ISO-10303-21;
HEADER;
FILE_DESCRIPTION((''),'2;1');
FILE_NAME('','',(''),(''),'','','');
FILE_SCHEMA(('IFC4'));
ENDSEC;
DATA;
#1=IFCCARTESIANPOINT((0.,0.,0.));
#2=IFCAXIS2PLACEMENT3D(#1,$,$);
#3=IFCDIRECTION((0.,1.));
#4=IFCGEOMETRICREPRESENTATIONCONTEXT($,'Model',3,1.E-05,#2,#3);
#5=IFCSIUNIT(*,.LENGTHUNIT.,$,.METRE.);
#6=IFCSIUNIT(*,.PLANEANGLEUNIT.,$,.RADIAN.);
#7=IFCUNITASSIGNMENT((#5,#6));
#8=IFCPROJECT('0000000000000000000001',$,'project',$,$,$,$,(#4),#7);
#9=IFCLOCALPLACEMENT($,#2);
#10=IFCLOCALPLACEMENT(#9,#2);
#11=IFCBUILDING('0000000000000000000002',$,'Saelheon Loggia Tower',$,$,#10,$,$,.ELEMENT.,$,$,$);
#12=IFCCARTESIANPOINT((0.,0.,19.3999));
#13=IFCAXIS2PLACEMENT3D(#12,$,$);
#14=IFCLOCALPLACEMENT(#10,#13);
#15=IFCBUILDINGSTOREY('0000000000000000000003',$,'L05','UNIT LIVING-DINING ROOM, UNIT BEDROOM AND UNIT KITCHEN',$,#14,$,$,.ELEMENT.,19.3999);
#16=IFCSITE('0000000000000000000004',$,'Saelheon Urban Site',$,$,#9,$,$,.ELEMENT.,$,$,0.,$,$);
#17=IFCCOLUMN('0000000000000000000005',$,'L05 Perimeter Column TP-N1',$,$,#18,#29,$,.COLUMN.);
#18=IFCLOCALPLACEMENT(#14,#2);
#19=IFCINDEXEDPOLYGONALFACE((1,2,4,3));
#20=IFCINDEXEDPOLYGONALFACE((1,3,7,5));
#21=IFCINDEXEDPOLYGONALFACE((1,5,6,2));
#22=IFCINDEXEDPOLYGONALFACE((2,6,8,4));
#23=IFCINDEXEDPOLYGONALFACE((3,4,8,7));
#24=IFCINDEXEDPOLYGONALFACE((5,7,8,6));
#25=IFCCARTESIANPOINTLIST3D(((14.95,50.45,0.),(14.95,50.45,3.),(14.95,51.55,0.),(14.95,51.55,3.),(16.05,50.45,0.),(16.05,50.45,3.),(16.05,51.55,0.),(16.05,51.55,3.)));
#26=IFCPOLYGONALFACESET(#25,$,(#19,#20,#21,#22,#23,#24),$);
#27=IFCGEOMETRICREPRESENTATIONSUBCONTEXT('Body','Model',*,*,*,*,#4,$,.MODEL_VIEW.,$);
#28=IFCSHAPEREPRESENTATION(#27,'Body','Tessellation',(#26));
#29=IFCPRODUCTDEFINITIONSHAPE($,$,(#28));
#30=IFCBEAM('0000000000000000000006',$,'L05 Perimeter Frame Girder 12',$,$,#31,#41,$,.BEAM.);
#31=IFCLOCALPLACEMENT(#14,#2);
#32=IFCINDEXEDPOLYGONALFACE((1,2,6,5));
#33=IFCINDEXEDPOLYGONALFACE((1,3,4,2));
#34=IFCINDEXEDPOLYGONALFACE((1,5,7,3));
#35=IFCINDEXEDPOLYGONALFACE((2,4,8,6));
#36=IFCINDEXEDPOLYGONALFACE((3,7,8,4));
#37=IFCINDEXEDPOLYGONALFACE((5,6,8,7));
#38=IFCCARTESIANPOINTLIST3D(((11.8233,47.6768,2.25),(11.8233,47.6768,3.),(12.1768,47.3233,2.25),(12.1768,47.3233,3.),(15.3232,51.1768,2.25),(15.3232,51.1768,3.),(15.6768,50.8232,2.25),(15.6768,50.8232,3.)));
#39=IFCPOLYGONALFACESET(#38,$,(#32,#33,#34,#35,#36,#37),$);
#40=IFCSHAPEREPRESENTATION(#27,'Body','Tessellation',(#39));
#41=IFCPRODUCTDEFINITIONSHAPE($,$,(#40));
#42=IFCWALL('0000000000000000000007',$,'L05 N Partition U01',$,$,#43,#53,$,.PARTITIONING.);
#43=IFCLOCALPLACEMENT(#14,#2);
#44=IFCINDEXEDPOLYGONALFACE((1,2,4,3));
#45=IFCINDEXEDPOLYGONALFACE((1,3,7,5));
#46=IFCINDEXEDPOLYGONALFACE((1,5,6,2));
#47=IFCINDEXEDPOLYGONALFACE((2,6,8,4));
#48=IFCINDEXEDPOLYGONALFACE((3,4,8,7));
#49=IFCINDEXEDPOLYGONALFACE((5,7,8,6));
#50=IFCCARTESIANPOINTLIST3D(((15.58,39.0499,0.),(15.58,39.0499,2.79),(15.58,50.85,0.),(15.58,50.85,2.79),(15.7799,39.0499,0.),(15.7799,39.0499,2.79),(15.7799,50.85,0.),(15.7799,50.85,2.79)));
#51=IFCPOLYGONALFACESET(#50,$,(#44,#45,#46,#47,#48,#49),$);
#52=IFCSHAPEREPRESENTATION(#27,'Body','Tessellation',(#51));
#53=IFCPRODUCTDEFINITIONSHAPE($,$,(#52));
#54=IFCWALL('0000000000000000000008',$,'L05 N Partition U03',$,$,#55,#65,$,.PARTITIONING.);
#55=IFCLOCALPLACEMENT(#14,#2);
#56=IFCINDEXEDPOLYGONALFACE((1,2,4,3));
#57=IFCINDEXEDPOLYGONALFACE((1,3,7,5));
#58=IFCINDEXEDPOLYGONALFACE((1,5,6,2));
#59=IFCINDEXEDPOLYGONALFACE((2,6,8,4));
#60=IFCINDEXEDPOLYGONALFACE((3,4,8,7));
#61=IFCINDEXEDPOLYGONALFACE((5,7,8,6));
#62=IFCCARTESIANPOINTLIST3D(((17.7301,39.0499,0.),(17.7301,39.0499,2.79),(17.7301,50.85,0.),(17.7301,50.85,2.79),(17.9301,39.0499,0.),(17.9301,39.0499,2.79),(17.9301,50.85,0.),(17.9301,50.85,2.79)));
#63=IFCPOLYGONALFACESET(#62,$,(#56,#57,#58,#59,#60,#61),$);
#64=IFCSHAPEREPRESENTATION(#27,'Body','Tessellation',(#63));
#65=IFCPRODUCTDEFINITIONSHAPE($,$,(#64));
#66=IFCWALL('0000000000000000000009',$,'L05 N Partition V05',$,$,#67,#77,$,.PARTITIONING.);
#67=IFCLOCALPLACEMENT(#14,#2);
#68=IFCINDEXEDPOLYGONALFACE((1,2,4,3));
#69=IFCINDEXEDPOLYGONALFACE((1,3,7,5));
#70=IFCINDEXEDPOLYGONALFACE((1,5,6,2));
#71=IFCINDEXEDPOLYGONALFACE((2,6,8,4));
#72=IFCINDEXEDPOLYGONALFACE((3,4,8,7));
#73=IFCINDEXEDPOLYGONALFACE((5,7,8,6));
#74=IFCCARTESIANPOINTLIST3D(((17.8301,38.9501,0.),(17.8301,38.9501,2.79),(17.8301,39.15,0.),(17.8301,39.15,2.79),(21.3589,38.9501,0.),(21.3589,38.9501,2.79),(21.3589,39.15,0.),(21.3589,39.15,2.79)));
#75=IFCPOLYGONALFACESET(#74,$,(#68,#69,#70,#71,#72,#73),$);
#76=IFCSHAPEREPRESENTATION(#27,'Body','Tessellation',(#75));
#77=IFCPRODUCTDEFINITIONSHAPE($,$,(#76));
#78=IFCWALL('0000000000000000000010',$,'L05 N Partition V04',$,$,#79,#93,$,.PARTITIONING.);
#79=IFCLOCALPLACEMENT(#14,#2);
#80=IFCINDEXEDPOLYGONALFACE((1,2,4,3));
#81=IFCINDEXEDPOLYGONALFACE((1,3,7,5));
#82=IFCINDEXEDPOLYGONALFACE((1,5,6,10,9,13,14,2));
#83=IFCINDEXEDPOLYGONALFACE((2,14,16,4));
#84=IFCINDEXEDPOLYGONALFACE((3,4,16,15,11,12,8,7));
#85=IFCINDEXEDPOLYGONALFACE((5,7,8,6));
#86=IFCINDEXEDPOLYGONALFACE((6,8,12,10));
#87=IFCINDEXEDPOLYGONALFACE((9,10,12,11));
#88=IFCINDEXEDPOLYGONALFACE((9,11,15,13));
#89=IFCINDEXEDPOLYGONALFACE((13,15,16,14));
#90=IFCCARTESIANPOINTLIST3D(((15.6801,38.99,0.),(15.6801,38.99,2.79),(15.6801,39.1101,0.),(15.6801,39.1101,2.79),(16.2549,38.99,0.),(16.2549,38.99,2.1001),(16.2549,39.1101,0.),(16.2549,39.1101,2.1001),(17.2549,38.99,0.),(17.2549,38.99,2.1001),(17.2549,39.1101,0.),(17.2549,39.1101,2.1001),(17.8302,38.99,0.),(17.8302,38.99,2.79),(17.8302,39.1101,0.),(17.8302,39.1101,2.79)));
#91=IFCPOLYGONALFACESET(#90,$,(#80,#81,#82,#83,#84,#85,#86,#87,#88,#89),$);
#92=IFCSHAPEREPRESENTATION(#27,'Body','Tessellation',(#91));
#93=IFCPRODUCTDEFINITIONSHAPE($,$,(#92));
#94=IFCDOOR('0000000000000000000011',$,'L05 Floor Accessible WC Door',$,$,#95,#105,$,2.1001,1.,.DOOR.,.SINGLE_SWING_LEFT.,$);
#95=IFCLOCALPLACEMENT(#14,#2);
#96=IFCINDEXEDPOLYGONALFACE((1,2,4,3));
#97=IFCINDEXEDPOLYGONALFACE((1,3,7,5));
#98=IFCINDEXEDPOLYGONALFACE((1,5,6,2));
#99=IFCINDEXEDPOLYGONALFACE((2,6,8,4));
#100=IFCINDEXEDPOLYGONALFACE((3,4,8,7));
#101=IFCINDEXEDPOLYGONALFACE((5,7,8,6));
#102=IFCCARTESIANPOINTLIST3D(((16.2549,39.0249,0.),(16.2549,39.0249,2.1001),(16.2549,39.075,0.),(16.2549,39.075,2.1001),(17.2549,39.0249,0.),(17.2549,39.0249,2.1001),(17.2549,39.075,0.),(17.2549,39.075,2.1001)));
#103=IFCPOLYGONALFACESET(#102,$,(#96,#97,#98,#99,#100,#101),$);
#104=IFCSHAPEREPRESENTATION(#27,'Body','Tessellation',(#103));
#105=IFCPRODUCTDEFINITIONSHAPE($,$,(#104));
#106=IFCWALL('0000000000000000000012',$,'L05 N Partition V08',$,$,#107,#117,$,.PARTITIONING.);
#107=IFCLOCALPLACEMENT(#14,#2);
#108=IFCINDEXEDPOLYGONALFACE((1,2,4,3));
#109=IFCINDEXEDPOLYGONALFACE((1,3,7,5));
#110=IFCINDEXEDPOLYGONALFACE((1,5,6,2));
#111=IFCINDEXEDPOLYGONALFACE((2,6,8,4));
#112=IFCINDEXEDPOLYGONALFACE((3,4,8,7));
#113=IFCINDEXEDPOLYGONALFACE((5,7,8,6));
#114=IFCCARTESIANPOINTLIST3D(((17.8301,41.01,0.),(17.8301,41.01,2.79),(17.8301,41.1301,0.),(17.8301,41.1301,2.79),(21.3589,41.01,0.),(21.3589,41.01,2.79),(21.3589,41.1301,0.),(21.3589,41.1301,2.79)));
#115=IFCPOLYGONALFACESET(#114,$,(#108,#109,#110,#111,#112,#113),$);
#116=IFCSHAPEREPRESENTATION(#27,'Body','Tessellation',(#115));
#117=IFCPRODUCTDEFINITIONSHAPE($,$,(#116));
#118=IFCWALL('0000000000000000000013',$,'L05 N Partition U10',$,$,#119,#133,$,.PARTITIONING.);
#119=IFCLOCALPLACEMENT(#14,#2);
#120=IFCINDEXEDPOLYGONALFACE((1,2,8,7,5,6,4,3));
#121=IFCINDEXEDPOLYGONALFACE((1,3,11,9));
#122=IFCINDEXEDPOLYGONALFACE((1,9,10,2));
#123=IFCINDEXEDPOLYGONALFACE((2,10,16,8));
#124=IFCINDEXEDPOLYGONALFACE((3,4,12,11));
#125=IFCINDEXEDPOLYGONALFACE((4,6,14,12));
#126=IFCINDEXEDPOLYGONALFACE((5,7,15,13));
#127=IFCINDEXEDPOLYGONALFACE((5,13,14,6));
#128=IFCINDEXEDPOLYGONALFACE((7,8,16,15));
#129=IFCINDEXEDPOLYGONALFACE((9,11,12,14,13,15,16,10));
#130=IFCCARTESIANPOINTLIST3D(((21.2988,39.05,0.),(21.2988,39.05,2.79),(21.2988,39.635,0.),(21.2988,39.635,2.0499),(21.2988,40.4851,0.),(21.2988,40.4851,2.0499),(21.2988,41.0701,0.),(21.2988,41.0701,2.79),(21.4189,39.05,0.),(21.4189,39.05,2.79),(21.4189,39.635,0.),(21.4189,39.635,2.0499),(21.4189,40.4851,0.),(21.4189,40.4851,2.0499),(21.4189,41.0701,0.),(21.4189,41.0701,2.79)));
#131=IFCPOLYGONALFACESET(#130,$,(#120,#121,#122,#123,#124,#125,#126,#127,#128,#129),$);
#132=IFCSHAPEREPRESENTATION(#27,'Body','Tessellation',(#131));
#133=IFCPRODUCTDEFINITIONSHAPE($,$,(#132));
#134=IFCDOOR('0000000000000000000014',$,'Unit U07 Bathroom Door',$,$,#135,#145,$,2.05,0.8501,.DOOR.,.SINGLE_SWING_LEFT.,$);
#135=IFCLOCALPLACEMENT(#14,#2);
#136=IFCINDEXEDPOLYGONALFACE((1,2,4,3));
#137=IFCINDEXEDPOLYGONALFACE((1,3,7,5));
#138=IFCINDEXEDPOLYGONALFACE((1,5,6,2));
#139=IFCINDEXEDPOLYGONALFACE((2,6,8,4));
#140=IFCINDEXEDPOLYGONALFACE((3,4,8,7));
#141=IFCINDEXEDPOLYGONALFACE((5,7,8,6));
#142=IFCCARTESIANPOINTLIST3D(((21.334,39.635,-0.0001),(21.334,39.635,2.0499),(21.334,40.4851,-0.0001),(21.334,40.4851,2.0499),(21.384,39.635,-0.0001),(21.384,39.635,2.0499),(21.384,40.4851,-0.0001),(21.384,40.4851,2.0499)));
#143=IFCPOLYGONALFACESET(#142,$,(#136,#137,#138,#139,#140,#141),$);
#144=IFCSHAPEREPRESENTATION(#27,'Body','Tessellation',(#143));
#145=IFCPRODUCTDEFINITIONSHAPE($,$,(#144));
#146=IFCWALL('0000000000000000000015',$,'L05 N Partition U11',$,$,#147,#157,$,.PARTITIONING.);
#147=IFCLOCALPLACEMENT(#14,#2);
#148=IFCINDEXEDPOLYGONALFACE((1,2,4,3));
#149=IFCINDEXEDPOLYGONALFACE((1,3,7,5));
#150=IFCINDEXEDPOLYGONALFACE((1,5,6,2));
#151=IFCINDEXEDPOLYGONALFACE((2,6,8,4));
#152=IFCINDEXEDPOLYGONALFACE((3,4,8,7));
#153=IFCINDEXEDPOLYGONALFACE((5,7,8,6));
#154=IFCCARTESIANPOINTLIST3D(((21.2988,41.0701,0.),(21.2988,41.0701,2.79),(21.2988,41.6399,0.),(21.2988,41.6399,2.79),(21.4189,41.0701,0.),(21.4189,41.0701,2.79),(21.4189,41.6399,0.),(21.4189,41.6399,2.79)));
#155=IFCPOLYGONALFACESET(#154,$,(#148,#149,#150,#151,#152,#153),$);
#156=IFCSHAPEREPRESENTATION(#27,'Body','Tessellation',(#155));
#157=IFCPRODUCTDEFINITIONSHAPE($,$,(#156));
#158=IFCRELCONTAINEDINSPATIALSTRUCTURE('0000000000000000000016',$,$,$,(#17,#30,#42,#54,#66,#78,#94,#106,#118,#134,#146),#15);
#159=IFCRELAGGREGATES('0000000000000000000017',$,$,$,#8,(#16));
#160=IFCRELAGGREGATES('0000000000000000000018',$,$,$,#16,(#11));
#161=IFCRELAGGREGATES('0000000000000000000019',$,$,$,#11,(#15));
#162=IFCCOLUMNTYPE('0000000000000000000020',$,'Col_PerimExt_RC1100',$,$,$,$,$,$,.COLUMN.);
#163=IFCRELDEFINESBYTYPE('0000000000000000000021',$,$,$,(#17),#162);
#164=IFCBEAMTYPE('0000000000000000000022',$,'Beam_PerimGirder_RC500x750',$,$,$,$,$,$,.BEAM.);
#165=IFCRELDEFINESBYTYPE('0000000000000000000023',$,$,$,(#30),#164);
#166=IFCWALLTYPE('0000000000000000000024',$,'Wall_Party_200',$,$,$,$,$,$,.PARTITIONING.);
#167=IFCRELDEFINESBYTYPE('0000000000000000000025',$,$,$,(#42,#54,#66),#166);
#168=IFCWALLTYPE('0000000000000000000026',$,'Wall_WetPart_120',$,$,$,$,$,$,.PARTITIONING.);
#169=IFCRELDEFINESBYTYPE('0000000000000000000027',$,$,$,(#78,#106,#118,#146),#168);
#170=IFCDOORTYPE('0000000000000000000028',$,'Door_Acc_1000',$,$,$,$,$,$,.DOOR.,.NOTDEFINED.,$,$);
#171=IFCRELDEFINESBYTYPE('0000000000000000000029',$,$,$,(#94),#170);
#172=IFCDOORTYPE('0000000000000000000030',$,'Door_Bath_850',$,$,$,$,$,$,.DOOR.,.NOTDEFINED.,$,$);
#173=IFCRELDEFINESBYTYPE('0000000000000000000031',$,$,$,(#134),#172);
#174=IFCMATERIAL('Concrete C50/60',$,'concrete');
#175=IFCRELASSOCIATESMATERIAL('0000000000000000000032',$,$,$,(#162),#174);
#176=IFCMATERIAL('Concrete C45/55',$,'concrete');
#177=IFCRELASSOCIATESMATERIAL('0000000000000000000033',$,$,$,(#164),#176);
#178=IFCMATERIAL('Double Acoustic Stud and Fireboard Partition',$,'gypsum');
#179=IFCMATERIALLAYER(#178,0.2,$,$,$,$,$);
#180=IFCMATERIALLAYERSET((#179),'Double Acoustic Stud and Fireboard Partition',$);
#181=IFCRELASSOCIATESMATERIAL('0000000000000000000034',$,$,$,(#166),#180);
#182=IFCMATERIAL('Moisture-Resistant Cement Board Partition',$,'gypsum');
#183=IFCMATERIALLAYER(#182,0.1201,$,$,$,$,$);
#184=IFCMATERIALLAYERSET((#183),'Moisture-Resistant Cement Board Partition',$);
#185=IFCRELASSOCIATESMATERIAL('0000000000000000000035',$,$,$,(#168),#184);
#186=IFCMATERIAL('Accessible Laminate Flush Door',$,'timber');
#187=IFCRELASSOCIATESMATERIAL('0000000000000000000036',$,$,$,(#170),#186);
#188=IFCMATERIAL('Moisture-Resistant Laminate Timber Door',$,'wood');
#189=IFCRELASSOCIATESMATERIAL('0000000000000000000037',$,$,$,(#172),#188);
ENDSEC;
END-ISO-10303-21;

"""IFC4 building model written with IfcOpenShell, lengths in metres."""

from ifc_helpers import new_model, si_unit, direction, frame, frame_2d, origin, origin_2d, place, context, subcontext, project, spatial, rectangle, extrude, source, transform, mapped, material, layer, layer_set, material_profile, profile_set, type_object, element, fill, save


model = new_model("IFC4")

# Units and contexts
model_context = context("Model", 3, precision=1e-05, world=origin(), true_north=direction((0.0, 1.0)))
body_context = subcontext(model_context, "Body", "Model", "MODEL_VIEW")
ifc_project = project(units=[si_unit("LENGTHUNIT", "METRE"), si_unit("PLANEANGLEUNIT", "RADIAN")], contexts=[model_context])

# Site, building, storey
site_placement = place(None, origin())
site = spatial("IfcSite", under=ifc_project, at=site_placement, Name="Saelheon Urban Site", CompositionType="ELEMENT", RefElevation=0.0)
building_placement = place(site_placement, origin())
building = spatial("IfcBuilding", under=site, at=building_placement, Name="Saelheon Loggia Tower", CompositionType="ELEMENT")
storey_placement = place(building_placement, frame((0.0, 0.0, 19.3999)))
storey = spatial("IfcBuildingStorey", under=building, at=storey_placement, Name="L05", Description="UNIT LIVING-DINING ROOM, UNIT BEDROOM AND UNIT KITCHEN", CompositionType="ELEMENT", Elevation=19.3999)

# Column
ifc_material_1 = material(Name="Concrete C50/60", Category="concrete")
ifc_material_profile_1 = material_profile(ifc_material_1, rectangle(XDim=1.1001, YDim=1.1001, at=origin_2d()), Name="RC-1100x1100")
ifc_profile_set_1 = profile_set([ifc_material_profile_1], Name="Concrete C50/60")
column_type = type_object("IfcColumnType", Name="Col_PerimExt_RC1100", PredefinedType="COLUMN", material=ifc_profile_set_1)
shared_shape_1 = source(origin(), body_context, "Body", "SweptSolid", [
    extrude(rectangle(XDim=1.1001, YDim=1.1001, at=origin_2d()), origin(), (0.0, 0.0, 1.0), 3.0),
])
column_placement = place(storey_placement, frame((15.5, 51.0, 0.0), z_axis=(0.0, 0.0, 1.0), x_axis=(1.0, 0.0, 0.0)))
element("IfcColumn", 1, at=column_placement, inside=storey, type_object=column_type, Name="L05 Perimeter Column TP-N1", PredefinedType="COLUMN", context=body_context, shape_type="MappedRepresentation", body=[
    mapped(shared_shape_1, transform((0.0, 0.0, 0.0), scale=1.0)),
])

# Beam
ifc_material_2 = material(Name="Concrete C45/55", Category="concrete")
ifc_material_profile_2 = material_profile(ifc_material_2, rectangle(XDim=0.5, YDim=0.75, at=origin_2d()), Name="RC-500x750")
ifc_profile_set_2 = profile_set([ifc_material_profile_2], Name="Concrete C45/55")
beam_type = type_object("IfcBeamType", Name="Beam_PerimGirder_RC500x750", PredefinedType="BEAM", material=ifc_profile_set_2)
shared_shape_2 = source(origin(), body_context, "Body", "SweptSolid", [
    extrude(rectangle(XDim=0.5, YDim=0.75, at=origin_2d()), origin(), (0.0, 0.0, 1.0), 4.9497),
])
beam_placement = place(storey_placement, frame((15.5, 51.0, 2.625), z_axis=(-0.707107, -0.707107, 0.0), x_axis=(0.707107, -0.707107, 0.0)))
element("IfcBeam", 2, at=beam_placement, inside=storey, type_object=beam_type, Name="L05 Perimeter Frame Girder 12", PredefinedType="BEAM", context=body_context, shape_type="MappedRepresentation", body=[
    mapped(shared_shape_2, transform((0.0, 0.0, 0.0), scale=1.0)),
])

# Walls
ifc_material_3 = material(Name="Double Acoustic Stud and Fireboard Partition", Category="gypsum")
ifc_layer_1 = layer(ifc_material_3, 0.2)
ifc_layer_set_1 = layer_set([ifc_layer_1], Name="Double Acoustic Stud and Fireboard Partition")
wall_type_1 = type_object("IfcWallType", Name="Wall_Party_200", PredefinedType="PARTITIONING", material=ifc_layer_set_1)
for number, where, z_axis, x_axis, name in (
    (3, (15.6799, 39.05, 0.0), (0.0, 0.0, 1.0), (0.0, 1.0, 0.0), "L05 N Partition U01"),
    (4, (17.8301, 39.05, 0.0), (0.0, 0.0, 1.0), (0.0, 1.0, 0.0), "L05 N Partition U03"),
):
    element("IfcWall", number, at=place(storey_placement, frame(where, z_axis=z_axis, x_axis=x_axis)), inside=storey, type_object=wall_type_1, Name=name, PredefinedType="PARTITIONING", context=body_context, shape_type="SweptSolid", body=[
        extrude(rectangle(XDim=11.8, YDim=0.2, at=frame_2d((5.8999, 0.0))), origin(), (0.0, 0.0, 1.0), 2.79),
    ])
wall_1_placement = place(storey_placement, frame((17.8301, 39.05, 0.0), z_axis=(0.0, 0.0, 1.0), x_axis=(1.0, 0.0, 0.0)))
element("IfcWall", 5, at=wall_1_placement, inside=storey, type_object=wall_type_1, Name="L05 N Partition V05", PredefinedType="PARTITIONING", context=body_context, shape_type="SweptSolid", body=[
    extrude(rectangle(XDim=3.5288, YDim=0.2, at=frame_2d((1.7644, 0.0))), origin(), (0.0, 0.0, 1.0), 2.79),
])

# Wall, opening, door
ifc_material_4 = material(Name="Moisture-Resistant Cement Board Partition", Category="gypsum")
ifc_layer_2 = layer(ifc_material_4, 0.1201)
ifc_layer_set_2 = layer_set([ifc_layer_2], Name="Moisture-Resistant Cement Board Partition")
wall_type_2 = type_object("IfcWallType", Name="Wall_WetPart_120", PredefinedType="PARTITIONING", material=ifc_layer_set_2)
wall_2_placement = place(storey_placement, frame((15.6799, 39.05, 0.0), z_axis=(0.0, 0.0, 1.0), x_axis=(1.0, 0.0, 0.0)))
wall_2 = element("IfcWall", 6, at=wall_2_placement, inside=storey, type_object=wall_type_2, Name="L05 N Partition V04", PredefinedType="PARTITIONING", context=body_context, shape_type="SweptSolid", body=[
    extrude(rectangle(XDim=2.1501, YDim=0.1201, at=frame_2d((1.0752, 0.0))), origin(), (0.0, 0.0, 1.0), 2.79),
])
opening_1_placement = place(wall_2_placement, frame((0.575, 0.0, 0.0)))
opening_1 = element("IfcOpeningElement", 7, at=opening_1_placement, cuts=wall_2, PredefinedType="OPENING", context=body_context, shape_type="SweptSolid", body=[
    extrude(rectangle(XDim=1.0, YDim=2.1001, at=frame_2d((0.5, 1.05))), frame((0.0, 0.072, 0.0), z_axis=(0.0, -1.0, 0.0), x_axis=(1.0, 0.0, 0.0)), (0.0, 0.0, 1.0), 0.144),
])
ifc_material_5 = material(Name="Accessible Laminate Flush Door", Category="timber")
door_type_1 = type_object("IfcDoorType", Name="Door_Acc_1000", OperationType="NOTDEFINED", PredefinedType="DOOR", material=ifc_material_5)
shared_shape_3 = source(origin(), body_context, "Body", "SweptSolid", [
    extrude(rectangle(XDim=1.0, YDim=2.1001, at=frame_2d((0.5, 1.05))), frame((0.0, 0.0249, 0.0), z_axis=(0.0, -1.0, 0.0), x_axis=(1.0, 0.0, 0.0)), (0.0, 0.0, 1.0), 0.05),
])
door_1_placement = place(opening_1_placement, origin())
door_1 = element("IfcDoor", 8, at=door_1_placement, inside=storey, type_object=door_type_1, Name="L05 Floor Accessible WC Door", OperationType="SINGLE_SWING_LEFT", OverallHeight=2.1001, OverallWidth=1.0, PredefinedType="DOOR", context=body_context, shape_type="MappedRepresentation", body=[
    mapped(shared_shape_3, transform((0.0, 0.0, 0.0), scale=1.0)),
])
fill(opening_1, door_1)

# Wall
wall_3_placement = place(storey_placement, frame((17.8301, 41.0701, 0.0), z_axis=(0.0, 0.0, 1.0), x_axis=(1.0, 0.0, 0.0)))
element("IfcWall", 9, at=wall_3_placement, inside=storey, type_object=wall_type_2, Name="L05 N Partition V08", PredefinedType="PARTITIONING", context=body_context, shape_type="SweptSolid", body=[
    extrude(rectangle(XDim=3.5288, YDim=0.1201, at=frame_2d((1.7644, 0.0))), origin(), (0.0, 0.0, 1.0), 2.79),
])

# Wall, opening, door
wall_4_placement = place(storey_placement, frame((21.3589, 39.05, 0.0), z_axis=(0.0, 0.0, 1.0), x_axis=(0.0, 1.0, 0.0)))
wall_4 = element("IfcWall", 10, at=wall_4_placement, inside=storey, type_object=wall_type_2, Name="L05 N Partition U10", PredefinedType="PARTITIONING", context=body_context, shape_type="SweptSolid", body=[
    extrude(rectangle(XDim=2.02, YDim=0.1201, at=frame_2d((1.01, 0.0))), origin(), (0.0, 0.0, 1.0), 2.79),
])
opening_2_placement = place(wall_4_placement, frame((0.585, 0.0, 0.0)))
opening_2 = element("IfcOpeningElement", 11, at=opening_2_placement, cuts=wall_4, PredefinedType="OPENING", context=body_context, shape_type="SweptSolid", body=[
    extrude(rectangle(XDim=0.8501, YDim=2.05, at=frame_2d((0.425, 1.0249))), frame((0.0, 0.072, 0.0), z_axis=(0.0, -1.0, 0.0), x_axis=(1.0, 0.0, 0.0)), (0.0, 0.0, 1.0), 0.144),
])
ifc_material_6 = material(Name="Moisture-Resistant Laminate Timber Door", Category="wood")
door_type_2 = type_object("IfcDoorType", Name="Door_Bath_850", OperationType="NOTDEFINED", PredefinedType="DOOR", material=ifc_material_6)
shared_shape_4 = source(origin(), body_context, "Body", "SweptSolid", [
    extrude(rectangle(XDim=0.8501, YDim=2.05, at=frame_2d((0.425, 1.0249))), frame((0.0, 0.0249, 0.0), z_axis=(0.0, -1.0, 0.0), x_axis=(1.0, 0.0, 0.0)), (0.0, 0.0, 1.0), 0.05),
])
door_2_placement = place(opening_2_placement, origin())
door_2 = element("IfcDoor", 12, at=door_2_placement, inside=storey, type_object=door_type_2, Name="Unit U07 Bathroom Door", OperationType="SINGLE_SWING_LEFT", OverallHeight=2.05, OverallWidth=0.8501, PredefinedType="DOOR", context=body_context, shape_type="MappedRepresentation", body=[
    mapped(shared_shape_4, transform((0.0, 0.0, 0.0), scale=1.0)),
])
fill(opening_2, door_2)

# Wall
wall_5_placement = place(storey_placement, frame((21.3589, 41.0701, 0.0), z_axis=(0.0, 0.0, 1.0), x_axis=(0.0, 1.0, 0.0)))
element("IfcWall", 13, at=wall_5_placement, inside=storey, type_object=wall_type_2, Name="L05 N Partition U11", PredefinedType="PARTITIONING", context=body_context, shape_type="SweptSolid", body=[
    extrude(rectangle(XDim=0.5698, YDim=0.1201, at=frame_2d((0.2849, 0.0))), origin(), (0.0, 0.0, 1.0), 2.79),
])

save(model, "model.ifc")
